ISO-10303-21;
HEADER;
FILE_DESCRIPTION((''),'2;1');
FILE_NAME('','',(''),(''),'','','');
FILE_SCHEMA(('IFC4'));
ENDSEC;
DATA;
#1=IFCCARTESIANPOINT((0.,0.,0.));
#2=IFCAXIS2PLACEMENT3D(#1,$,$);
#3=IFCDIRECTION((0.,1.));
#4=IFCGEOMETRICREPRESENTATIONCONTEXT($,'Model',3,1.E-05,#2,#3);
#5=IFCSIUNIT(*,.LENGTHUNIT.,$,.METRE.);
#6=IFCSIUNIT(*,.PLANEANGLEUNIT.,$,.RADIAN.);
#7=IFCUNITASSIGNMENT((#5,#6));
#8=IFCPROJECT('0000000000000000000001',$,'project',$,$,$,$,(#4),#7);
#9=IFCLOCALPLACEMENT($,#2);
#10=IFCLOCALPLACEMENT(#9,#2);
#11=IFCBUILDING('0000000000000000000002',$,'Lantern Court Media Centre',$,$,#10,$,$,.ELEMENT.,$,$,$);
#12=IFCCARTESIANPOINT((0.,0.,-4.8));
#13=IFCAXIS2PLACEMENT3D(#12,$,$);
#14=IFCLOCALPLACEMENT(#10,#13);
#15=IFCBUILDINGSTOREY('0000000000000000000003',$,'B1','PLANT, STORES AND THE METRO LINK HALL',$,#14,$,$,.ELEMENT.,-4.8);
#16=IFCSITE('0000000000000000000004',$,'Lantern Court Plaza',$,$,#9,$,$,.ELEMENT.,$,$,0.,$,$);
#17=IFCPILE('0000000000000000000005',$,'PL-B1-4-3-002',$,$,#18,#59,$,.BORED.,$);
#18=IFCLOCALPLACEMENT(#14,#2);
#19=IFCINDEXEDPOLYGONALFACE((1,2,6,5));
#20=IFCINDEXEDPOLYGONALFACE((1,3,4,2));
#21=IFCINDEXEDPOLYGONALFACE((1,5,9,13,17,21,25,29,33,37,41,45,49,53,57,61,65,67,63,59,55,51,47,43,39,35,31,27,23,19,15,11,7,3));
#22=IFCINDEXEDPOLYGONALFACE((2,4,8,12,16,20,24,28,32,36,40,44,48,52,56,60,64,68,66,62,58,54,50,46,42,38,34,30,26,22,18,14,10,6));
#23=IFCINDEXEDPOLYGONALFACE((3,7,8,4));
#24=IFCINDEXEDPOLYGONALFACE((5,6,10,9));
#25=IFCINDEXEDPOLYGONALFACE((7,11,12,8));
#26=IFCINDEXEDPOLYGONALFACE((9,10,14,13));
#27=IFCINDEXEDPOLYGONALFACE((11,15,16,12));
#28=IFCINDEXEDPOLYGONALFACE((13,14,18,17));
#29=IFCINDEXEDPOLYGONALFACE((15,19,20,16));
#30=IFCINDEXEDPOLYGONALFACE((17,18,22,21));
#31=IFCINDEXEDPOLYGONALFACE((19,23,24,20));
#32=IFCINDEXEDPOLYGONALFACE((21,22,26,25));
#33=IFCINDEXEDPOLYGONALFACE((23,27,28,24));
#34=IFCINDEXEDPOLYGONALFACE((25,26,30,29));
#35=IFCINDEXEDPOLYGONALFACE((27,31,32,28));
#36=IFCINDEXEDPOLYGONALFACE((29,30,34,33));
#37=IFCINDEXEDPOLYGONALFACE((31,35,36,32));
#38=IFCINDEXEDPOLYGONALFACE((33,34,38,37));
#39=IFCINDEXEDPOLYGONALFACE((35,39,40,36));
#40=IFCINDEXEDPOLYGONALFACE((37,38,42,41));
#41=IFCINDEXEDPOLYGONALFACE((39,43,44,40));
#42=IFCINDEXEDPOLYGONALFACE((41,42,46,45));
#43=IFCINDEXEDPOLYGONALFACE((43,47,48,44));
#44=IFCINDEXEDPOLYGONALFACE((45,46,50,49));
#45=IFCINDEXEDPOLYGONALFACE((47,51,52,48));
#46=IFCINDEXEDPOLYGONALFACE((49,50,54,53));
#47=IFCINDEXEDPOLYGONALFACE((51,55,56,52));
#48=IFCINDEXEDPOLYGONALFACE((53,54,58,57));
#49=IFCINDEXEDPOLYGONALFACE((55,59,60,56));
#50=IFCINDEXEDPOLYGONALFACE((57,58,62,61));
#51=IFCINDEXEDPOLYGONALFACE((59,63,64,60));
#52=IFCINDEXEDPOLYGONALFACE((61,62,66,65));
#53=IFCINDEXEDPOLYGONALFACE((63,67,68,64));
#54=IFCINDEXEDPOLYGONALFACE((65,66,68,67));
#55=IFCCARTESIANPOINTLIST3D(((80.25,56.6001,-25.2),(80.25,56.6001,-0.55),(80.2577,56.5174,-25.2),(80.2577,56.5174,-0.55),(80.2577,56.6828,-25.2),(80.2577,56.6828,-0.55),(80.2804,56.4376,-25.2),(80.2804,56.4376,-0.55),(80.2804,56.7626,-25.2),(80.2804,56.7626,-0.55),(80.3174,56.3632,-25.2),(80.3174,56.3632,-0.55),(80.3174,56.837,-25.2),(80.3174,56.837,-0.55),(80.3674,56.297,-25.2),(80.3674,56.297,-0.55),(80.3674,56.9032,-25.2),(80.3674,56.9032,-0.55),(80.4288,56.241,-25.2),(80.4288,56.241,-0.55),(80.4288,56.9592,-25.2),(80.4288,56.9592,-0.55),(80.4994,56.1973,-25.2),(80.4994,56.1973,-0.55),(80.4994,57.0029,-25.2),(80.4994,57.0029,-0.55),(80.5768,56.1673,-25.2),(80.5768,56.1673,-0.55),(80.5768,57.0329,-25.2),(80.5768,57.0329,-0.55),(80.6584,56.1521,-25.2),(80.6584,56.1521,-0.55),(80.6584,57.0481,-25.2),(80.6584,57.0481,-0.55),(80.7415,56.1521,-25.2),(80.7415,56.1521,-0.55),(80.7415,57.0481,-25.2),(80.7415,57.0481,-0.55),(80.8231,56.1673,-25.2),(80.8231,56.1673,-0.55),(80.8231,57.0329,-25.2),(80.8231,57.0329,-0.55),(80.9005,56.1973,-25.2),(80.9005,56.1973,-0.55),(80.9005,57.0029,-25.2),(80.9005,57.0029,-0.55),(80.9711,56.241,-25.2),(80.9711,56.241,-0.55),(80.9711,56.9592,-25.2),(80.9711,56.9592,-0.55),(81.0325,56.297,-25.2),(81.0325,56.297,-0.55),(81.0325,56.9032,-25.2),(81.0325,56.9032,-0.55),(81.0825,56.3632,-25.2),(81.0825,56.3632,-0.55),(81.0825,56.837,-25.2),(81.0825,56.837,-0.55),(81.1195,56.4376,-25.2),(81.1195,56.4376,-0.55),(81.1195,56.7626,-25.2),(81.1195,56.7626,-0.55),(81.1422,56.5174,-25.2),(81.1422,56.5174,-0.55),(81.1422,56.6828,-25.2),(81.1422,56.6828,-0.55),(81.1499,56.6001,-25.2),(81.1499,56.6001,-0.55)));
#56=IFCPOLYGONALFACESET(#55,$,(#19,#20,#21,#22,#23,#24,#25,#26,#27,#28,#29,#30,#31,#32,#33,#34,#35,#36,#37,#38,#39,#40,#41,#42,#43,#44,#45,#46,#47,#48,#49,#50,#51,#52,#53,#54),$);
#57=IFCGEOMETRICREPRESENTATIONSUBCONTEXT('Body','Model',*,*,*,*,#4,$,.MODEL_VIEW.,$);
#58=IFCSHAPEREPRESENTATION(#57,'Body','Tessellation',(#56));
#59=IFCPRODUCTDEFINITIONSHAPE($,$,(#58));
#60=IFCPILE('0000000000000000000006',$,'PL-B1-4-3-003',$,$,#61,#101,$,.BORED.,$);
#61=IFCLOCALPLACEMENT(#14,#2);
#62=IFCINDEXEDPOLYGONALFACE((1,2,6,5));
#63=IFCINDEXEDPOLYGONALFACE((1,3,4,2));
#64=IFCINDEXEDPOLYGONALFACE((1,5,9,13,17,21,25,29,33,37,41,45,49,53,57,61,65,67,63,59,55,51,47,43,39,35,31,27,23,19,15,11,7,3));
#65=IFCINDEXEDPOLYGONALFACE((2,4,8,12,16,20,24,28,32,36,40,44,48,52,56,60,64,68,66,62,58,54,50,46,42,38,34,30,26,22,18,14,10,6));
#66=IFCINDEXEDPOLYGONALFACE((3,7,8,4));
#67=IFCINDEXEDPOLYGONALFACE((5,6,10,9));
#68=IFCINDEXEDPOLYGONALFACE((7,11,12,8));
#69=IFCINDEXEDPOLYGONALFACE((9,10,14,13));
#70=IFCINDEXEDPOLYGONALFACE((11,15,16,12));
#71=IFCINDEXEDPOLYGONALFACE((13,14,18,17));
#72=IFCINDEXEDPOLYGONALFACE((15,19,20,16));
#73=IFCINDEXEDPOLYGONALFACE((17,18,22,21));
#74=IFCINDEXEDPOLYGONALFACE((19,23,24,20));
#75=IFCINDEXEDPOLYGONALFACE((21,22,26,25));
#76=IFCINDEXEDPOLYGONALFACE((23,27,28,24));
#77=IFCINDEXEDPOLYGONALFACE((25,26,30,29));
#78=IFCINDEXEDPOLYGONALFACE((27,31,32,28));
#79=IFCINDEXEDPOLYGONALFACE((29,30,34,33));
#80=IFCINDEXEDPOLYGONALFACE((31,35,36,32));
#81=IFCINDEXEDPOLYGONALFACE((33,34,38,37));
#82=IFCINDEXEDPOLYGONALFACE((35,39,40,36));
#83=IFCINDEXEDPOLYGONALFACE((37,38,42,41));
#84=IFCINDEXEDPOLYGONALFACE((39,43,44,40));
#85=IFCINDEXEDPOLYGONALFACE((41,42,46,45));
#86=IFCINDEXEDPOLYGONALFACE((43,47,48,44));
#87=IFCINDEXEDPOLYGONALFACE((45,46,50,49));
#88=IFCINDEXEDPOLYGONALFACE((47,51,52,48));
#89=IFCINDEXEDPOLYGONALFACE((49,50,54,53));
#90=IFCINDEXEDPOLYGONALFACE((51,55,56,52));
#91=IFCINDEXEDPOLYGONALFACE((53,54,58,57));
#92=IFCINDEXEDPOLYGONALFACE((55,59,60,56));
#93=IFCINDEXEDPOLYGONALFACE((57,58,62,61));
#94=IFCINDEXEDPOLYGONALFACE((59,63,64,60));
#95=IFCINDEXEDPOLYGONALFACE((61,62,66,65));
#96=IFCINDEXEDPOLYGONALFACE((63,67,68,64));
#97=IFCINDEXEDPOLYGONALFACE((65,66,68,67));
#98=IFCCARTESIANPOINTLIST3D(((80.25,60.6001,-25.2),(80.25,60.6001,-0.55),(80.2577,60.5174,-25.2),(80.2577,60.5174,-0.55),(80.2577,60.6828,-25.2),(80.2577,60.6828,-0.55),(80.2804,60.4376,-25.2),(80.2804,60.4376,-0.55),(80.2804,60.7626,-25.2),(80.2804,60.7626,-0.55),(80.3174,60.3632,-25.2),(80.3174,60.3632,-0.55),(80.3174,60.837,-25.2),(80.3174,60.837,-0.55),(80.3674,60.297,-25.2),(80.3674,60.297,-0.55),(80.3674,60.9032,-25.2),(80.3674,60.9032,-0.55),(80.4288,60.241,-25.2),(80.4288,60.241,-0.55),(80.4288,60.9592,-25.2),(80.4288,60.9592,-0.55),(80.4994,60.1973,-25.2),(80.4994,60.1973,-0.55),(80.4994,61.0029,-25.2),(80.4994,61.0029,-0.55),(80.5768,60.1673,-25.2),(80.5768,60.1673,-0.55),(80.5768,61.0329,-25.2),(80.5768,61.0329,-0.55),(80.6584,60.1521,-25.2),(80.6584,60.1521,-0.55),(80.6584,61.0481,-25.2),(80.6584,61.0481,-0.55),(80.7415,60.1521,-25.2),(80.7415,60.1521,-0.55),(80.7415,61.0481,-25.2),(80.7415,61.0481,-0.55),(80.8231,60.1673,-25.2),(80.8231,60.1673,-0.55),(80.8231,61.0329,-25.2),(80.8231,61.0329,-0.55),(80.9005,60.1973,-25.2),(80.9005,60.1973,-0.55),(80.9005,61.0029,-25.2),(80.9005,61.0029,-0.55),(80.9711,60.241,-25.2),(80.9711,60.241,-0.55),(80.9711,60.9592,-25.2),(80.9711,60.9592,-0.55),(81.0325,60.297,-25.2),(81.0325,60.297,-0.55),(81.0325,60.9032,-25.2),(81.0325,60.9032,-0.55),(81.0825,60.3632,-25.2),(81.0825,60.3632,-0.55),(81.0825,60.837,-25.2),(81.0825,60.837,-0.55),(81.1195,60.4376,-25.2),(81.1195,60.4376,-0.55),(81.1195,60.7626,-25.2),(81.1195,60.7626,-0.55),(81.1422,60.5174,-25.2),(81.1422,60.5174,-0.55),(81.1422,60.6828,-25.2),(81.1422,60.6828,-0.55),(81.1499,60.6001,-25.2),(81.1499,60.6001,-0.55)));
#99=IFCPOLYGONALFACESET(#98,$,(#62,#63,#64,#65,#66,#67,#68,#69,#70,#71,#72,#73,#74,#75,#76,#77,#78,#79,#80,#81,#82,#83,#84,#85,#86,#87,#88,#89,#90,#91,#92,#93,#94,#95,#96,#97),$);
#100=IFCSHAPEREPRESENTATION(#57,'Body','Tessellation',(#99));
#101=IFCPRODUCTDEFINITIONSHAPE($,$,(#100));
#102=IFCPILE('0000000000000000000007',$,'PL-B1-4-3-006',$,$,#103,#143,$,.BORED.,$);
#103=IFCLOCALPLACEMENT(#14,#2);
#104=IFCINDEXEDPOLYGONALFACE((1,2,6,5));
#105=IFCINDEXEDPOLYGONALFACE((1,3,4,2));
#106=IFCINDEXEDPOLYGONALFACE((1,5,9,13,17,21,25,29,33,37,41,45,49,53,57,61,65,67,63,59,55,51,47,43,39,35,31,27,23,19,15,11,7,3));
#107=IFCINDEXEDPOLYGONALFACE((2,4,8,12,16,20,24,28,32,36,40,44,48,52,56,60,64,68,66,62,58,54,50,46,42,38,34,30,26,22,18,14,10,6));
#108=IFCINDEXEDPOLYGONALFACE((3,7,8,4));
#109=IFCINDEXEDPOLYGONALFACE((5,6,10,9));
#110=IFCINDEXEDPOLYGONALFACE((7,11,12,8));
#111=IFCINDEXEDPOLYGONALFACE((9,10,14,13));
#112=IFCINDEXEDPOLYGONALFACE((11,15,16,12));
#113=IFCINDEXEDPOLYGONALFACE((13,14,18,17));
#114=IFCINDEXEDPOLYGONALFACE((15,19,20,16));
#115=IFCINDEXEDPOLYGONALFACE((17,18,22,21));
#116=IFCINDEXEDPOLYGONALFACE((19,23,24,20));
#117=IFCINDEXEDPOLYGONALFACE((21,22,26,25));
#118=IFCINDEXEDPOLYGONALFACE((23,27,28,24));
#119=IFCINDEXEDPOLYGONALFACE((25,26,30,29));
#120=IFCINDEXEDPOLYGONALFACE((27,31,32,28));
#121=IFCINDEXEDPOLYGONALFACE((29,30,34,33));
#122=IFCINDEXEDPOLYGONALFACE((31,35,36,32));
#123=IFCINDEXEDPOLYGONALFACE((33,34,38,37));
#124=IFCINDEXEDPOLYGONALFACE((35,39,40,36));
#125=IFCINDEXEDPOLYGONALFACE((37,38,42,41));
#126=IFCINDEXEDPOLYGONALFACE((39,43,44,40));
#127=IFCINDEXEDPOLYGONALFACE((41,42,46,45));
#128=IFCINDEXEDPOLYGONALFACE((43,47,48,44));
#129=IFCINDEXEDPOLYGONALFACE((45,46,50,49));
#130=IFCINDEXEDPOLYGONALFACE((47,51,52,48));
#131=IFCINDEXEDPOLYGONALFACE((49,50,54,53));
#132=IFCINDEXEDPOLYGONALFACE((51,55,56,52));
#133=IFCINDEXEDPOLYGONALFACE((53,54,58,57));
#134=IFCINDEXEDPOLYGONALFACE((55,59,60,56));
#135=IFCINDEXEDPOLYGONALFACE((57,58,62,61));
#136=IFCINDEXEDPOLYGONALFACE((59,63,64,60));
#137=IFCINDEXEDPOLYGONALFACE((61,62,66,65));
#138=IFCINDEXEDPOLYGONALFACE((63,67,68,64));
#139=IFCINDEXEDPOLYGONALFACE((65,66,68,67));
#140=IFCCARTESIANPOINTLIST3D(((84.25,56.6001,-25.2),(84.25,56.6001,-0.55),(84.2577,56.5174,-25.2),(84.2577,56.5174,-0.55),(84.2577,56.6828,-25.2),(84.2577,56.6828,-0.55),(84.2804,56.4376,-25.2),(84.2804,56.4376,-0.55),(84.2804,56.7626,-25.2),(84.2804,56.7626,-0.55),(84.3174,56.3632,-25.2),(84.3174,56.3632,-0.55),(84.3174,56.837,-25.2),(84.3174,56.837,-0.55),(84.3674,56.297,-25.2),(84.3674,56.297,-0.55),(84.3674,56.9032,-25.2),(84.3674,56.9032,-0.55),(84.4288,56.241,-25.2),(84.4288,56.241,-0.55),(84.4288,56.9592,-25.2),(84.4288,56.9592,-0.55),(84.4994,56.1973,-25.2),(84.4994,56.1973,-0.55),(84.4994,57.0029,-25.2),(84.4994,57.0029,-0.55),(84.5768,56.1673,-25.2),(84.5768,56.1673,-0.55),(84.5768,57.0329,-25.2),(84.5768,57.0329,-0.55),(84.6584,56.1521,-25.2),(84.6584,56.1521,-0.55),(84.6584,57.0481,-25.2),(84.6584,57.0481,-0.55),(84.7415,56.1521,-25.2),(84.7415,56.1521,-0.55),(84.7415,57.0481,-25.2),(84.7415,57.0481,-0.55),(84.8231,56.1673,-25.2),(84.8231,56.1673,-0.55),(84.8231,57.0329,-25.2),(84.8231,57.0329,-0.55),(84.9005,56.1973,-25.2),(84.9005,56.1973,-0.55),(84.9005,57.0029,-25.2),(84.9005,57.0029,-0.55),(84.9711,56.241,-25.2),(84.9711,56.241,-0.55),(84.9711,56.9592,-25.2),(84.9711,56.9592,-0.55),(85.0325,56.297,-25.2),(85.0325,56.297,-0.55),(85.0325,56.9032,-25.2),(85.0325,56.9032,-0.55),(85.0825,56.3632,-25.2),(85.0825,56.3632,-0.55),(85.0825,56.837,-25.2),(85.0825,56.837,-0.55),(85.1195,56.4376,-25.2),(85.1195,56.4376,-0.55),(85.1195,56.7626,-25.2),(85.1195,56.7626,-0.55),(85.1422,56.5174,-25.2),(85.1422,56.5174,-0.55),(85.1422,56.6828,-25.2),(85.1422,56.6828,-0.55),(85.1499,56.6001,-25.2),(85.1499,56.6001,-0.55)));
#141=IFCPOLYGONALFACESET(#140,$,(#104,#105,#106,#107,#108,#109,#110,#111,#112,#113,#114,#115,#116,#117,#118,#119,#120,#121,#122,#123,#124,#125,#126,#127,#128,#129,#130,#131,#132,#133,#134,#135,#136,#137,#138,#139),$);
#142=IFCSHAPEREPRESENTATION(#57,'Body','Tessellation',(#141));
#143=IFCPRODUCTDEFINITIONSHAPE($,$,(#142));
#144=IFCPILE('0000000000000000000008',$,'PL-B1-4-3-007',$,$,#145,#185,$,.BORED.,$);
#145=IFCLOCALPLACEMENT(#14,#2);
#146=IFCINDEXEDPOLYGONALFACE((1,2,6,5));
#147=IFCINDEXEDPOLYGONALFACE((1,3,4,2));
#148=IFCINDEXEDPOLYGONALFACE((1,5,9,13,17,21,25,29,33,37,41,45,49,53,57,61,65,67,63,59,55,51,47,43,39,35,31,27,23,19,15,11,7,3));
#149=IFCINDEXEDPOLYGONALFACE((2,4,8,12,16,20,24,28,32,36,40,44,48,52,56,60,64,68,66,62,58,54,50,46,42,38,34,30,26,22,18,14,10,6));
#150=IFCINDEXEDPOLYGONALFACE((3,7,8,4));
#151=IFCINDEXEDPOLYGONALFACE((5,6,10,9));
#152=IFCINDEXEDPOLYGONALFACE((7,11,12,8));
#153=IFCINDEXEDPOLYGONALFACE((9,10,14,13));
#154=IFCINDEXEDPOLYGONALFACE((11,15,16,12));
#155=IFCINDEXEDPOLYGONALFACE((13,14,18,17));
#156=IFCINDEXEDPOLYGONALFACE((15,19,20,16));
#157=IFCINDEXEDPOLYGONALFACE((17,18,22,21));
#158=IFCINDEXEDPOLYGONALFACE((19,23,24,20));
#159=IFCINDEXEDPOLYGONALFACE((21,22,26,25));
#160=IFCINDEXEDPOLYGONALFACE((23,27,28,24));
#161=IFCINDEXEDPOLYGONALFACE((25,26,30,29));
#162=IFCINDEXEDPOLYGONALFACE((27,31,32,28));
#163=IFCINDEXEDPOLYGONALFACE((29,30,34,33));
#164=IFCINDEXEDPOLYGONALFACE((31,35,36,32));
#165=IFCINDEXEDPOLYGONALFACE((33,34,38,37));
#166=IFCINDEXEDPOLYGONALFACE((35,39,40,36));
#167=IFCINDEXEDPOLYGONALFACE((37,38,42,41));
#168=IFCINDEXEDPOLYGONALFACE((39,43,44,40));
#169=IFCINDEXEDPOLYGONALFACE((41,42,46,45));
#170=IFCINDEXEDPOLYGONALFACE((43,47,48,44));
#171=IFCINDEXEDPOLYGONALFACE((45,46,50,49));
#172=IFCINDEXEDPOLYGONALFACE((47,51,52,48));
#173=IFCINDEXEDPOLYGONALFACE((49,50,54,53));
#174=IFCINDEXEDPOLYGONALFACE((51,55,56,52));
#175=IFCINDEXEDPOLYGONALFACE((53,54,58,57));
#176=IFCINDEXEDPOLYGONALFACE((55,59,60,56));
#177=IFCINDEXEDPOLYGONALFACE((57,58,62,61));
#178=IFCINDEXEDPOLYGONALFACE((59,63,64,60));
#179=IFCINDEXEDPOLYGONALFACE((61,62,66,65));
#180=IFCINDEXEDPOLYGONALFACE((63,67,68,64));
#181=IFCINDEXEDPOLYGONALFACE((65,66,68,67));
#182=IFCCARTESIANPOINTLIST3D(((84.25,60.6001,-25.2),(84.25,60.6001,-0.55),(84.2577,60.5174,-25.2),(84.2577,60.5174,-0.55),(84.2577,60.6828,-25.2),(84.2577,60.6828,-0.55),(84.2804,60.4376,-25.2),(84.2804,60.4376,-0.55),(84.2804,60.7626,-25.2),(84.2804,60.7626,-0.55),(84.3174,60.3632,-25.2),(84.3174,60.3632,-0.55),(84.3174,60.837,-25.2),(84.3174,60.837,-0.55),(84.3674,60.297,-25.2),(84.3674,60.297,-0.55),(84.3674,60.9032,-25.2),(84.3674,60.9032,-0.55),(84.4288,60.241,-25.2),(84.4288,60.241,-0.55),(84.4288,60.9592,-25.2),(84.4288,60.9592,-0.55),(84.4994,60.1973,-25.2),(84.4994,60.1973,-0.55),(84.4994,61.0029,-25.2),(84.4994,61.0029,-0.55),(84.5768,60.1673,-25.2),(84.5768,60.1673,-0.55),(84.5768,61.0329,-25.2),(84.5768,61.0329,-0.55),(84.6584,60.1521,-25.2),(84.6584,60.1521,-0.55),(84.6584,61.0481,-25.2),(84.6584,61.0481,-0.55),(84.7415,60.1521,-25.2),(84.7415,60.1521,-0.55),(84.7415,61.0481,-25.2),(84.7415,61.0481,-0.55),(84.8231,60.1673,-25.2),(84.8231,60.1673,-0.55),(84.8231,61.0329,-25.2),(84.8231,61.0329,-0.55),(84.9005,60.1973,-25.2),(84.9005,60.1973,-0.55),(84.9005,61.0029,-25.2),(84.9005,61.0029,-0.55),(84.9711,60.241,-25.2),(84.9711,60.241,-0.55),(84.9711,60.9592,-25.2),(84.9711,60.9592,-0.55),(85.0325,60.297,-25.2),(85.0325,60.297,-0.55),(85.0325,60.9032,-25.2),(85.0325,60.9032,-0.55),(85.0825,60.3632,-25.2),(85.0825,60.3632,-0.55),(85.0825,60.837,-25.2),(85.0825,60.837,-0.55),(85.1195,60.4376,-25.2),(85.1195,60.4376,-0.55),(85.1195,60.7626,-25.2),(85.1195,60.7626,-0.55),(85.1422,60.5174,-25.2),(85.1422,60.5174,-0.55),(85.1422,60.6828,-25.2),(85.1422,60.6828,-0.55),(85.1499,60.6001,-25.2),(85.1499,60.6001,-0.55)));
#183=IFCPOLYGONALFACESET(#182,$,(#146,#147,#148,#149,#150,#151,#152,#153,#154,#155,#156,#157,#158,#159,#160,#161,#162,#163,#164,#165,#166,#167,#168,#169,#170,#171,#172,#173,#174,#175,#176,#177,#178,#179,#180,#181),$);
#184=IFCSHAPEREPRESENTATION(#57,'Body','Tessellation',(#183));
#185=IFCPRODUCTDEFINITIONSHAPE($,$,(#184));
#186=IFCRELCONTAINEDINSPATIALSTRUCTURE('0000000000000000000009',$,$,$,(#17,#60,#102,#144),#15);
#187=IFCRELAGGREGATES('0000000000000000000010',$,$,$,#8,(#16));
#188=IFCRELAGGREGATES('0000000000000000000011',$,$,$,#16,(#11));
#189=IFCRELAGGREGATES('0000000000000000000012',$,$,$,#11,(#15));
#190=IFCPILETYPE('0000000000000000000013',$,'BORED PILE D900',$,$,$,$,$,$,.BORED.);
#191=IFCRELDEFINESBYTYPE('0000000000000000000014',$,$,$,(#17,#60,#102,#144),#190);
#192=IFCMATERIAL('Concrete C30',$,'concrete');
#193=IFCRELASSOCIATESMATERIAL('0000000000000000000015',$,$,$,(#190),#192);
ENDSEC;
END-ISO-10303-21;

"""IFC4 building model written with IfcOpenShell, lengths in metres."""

from ifc_helpers import new_model, si_unit, direction, frame, origin, origin_2d, place, context, subcontext, project, spatial, circle, extrude, material, material_profile, profile_set, type_object, element, save


model = new_model("IFC4")

# Units and contexts
model_context = context("Model", 3, precision=1e-05, world=origin(), true_north=direction((0.0, 1.0)))
body_context = subcontext(model_context, "Body", "Model", "MODEL_VIEW")
ifc_project = project(units=[si_unit("LENGTHUNIT", "METRE"), si_unit("PLANEANGLEUNIT", "RADIAN")], contexts=[model_context])

# Site, building, storey
site_placement = place(None, origin())
site = spatial("IfcSite", under=ifc_project, at=site_placement, Name="Lantern Court Plaza", CompositionType="ELEMENT", RefElevation=0.0)
building_placement = place(site_placement, origin())
building = spatial("IfcBuilding", under=site, at=building_placement, Name="Lantern Court Media Centre", CompositionType="ELEMENT")
storey_placement = place(building_placement, frame((0.0, 0.0, -4.8)))
storey = spatial("IfcBuildingStorey", under=building, at=storey_placement, Name="B1", Description="PLANT, STORES AND THE METRO LINK HALL", CompositionType="ELEMENT", Elevation=-4.8)

# Piles
ifc_material_1 = material(Name="Concrete C30", Category="concrete")
ifc_material_profile_1 = material_profile(ifc_material_1, circle(Radius=0.45, at=origin_2d()), Name="D900")
ifc_profile_set_1 = profile_set([ifc_material_profile_1], Name="Concrete C30")
pile_type = type_object("IfcPileType", Name="BORED PILE D900", PredefinedType="BORED", material=ifc_profile_set_1)
for number, where, z_axis, x_axis, name in (
    (1, (80.7, 56.6001, -0.55), (0.0, 0.0, -1.0), (1.0, 0.0, 0.0), "PL-B1-4-3-002"),
    (2, (80.7, 60.6001, -0.55), (0.0, 0.0, -1.0), (1.0, 0.0, 0.0), "PL-B1-4-3-003"),
    (3, (84.7, 56.6001, -0.55), (0.0, 0.0, -1.0), (1.0, 0.0, 0.0), "PL-B1-4-3-006"),
    (4, (84.7, 60.6001, -0.55), (0.0, 0.0, -1.0), (1.0, 0.0, 0.0), "PL-B1-4-3-007"),
):
    element("IfcPile", number, at=place(storey_placement, frame(where, z_axis=z_axis, x_axis=x_axis)), inside=storey, type_object=pile_type, Name=name, PredefinedType="BORED", context=body_context, shape_type="SweptSolid", body=[
        extrude(circle(Radius=0.45, at=origin_2d()), origin(), (0.0, 0.0, 1.0), 24.6499),
    ])

save(model, "model.ifc")
